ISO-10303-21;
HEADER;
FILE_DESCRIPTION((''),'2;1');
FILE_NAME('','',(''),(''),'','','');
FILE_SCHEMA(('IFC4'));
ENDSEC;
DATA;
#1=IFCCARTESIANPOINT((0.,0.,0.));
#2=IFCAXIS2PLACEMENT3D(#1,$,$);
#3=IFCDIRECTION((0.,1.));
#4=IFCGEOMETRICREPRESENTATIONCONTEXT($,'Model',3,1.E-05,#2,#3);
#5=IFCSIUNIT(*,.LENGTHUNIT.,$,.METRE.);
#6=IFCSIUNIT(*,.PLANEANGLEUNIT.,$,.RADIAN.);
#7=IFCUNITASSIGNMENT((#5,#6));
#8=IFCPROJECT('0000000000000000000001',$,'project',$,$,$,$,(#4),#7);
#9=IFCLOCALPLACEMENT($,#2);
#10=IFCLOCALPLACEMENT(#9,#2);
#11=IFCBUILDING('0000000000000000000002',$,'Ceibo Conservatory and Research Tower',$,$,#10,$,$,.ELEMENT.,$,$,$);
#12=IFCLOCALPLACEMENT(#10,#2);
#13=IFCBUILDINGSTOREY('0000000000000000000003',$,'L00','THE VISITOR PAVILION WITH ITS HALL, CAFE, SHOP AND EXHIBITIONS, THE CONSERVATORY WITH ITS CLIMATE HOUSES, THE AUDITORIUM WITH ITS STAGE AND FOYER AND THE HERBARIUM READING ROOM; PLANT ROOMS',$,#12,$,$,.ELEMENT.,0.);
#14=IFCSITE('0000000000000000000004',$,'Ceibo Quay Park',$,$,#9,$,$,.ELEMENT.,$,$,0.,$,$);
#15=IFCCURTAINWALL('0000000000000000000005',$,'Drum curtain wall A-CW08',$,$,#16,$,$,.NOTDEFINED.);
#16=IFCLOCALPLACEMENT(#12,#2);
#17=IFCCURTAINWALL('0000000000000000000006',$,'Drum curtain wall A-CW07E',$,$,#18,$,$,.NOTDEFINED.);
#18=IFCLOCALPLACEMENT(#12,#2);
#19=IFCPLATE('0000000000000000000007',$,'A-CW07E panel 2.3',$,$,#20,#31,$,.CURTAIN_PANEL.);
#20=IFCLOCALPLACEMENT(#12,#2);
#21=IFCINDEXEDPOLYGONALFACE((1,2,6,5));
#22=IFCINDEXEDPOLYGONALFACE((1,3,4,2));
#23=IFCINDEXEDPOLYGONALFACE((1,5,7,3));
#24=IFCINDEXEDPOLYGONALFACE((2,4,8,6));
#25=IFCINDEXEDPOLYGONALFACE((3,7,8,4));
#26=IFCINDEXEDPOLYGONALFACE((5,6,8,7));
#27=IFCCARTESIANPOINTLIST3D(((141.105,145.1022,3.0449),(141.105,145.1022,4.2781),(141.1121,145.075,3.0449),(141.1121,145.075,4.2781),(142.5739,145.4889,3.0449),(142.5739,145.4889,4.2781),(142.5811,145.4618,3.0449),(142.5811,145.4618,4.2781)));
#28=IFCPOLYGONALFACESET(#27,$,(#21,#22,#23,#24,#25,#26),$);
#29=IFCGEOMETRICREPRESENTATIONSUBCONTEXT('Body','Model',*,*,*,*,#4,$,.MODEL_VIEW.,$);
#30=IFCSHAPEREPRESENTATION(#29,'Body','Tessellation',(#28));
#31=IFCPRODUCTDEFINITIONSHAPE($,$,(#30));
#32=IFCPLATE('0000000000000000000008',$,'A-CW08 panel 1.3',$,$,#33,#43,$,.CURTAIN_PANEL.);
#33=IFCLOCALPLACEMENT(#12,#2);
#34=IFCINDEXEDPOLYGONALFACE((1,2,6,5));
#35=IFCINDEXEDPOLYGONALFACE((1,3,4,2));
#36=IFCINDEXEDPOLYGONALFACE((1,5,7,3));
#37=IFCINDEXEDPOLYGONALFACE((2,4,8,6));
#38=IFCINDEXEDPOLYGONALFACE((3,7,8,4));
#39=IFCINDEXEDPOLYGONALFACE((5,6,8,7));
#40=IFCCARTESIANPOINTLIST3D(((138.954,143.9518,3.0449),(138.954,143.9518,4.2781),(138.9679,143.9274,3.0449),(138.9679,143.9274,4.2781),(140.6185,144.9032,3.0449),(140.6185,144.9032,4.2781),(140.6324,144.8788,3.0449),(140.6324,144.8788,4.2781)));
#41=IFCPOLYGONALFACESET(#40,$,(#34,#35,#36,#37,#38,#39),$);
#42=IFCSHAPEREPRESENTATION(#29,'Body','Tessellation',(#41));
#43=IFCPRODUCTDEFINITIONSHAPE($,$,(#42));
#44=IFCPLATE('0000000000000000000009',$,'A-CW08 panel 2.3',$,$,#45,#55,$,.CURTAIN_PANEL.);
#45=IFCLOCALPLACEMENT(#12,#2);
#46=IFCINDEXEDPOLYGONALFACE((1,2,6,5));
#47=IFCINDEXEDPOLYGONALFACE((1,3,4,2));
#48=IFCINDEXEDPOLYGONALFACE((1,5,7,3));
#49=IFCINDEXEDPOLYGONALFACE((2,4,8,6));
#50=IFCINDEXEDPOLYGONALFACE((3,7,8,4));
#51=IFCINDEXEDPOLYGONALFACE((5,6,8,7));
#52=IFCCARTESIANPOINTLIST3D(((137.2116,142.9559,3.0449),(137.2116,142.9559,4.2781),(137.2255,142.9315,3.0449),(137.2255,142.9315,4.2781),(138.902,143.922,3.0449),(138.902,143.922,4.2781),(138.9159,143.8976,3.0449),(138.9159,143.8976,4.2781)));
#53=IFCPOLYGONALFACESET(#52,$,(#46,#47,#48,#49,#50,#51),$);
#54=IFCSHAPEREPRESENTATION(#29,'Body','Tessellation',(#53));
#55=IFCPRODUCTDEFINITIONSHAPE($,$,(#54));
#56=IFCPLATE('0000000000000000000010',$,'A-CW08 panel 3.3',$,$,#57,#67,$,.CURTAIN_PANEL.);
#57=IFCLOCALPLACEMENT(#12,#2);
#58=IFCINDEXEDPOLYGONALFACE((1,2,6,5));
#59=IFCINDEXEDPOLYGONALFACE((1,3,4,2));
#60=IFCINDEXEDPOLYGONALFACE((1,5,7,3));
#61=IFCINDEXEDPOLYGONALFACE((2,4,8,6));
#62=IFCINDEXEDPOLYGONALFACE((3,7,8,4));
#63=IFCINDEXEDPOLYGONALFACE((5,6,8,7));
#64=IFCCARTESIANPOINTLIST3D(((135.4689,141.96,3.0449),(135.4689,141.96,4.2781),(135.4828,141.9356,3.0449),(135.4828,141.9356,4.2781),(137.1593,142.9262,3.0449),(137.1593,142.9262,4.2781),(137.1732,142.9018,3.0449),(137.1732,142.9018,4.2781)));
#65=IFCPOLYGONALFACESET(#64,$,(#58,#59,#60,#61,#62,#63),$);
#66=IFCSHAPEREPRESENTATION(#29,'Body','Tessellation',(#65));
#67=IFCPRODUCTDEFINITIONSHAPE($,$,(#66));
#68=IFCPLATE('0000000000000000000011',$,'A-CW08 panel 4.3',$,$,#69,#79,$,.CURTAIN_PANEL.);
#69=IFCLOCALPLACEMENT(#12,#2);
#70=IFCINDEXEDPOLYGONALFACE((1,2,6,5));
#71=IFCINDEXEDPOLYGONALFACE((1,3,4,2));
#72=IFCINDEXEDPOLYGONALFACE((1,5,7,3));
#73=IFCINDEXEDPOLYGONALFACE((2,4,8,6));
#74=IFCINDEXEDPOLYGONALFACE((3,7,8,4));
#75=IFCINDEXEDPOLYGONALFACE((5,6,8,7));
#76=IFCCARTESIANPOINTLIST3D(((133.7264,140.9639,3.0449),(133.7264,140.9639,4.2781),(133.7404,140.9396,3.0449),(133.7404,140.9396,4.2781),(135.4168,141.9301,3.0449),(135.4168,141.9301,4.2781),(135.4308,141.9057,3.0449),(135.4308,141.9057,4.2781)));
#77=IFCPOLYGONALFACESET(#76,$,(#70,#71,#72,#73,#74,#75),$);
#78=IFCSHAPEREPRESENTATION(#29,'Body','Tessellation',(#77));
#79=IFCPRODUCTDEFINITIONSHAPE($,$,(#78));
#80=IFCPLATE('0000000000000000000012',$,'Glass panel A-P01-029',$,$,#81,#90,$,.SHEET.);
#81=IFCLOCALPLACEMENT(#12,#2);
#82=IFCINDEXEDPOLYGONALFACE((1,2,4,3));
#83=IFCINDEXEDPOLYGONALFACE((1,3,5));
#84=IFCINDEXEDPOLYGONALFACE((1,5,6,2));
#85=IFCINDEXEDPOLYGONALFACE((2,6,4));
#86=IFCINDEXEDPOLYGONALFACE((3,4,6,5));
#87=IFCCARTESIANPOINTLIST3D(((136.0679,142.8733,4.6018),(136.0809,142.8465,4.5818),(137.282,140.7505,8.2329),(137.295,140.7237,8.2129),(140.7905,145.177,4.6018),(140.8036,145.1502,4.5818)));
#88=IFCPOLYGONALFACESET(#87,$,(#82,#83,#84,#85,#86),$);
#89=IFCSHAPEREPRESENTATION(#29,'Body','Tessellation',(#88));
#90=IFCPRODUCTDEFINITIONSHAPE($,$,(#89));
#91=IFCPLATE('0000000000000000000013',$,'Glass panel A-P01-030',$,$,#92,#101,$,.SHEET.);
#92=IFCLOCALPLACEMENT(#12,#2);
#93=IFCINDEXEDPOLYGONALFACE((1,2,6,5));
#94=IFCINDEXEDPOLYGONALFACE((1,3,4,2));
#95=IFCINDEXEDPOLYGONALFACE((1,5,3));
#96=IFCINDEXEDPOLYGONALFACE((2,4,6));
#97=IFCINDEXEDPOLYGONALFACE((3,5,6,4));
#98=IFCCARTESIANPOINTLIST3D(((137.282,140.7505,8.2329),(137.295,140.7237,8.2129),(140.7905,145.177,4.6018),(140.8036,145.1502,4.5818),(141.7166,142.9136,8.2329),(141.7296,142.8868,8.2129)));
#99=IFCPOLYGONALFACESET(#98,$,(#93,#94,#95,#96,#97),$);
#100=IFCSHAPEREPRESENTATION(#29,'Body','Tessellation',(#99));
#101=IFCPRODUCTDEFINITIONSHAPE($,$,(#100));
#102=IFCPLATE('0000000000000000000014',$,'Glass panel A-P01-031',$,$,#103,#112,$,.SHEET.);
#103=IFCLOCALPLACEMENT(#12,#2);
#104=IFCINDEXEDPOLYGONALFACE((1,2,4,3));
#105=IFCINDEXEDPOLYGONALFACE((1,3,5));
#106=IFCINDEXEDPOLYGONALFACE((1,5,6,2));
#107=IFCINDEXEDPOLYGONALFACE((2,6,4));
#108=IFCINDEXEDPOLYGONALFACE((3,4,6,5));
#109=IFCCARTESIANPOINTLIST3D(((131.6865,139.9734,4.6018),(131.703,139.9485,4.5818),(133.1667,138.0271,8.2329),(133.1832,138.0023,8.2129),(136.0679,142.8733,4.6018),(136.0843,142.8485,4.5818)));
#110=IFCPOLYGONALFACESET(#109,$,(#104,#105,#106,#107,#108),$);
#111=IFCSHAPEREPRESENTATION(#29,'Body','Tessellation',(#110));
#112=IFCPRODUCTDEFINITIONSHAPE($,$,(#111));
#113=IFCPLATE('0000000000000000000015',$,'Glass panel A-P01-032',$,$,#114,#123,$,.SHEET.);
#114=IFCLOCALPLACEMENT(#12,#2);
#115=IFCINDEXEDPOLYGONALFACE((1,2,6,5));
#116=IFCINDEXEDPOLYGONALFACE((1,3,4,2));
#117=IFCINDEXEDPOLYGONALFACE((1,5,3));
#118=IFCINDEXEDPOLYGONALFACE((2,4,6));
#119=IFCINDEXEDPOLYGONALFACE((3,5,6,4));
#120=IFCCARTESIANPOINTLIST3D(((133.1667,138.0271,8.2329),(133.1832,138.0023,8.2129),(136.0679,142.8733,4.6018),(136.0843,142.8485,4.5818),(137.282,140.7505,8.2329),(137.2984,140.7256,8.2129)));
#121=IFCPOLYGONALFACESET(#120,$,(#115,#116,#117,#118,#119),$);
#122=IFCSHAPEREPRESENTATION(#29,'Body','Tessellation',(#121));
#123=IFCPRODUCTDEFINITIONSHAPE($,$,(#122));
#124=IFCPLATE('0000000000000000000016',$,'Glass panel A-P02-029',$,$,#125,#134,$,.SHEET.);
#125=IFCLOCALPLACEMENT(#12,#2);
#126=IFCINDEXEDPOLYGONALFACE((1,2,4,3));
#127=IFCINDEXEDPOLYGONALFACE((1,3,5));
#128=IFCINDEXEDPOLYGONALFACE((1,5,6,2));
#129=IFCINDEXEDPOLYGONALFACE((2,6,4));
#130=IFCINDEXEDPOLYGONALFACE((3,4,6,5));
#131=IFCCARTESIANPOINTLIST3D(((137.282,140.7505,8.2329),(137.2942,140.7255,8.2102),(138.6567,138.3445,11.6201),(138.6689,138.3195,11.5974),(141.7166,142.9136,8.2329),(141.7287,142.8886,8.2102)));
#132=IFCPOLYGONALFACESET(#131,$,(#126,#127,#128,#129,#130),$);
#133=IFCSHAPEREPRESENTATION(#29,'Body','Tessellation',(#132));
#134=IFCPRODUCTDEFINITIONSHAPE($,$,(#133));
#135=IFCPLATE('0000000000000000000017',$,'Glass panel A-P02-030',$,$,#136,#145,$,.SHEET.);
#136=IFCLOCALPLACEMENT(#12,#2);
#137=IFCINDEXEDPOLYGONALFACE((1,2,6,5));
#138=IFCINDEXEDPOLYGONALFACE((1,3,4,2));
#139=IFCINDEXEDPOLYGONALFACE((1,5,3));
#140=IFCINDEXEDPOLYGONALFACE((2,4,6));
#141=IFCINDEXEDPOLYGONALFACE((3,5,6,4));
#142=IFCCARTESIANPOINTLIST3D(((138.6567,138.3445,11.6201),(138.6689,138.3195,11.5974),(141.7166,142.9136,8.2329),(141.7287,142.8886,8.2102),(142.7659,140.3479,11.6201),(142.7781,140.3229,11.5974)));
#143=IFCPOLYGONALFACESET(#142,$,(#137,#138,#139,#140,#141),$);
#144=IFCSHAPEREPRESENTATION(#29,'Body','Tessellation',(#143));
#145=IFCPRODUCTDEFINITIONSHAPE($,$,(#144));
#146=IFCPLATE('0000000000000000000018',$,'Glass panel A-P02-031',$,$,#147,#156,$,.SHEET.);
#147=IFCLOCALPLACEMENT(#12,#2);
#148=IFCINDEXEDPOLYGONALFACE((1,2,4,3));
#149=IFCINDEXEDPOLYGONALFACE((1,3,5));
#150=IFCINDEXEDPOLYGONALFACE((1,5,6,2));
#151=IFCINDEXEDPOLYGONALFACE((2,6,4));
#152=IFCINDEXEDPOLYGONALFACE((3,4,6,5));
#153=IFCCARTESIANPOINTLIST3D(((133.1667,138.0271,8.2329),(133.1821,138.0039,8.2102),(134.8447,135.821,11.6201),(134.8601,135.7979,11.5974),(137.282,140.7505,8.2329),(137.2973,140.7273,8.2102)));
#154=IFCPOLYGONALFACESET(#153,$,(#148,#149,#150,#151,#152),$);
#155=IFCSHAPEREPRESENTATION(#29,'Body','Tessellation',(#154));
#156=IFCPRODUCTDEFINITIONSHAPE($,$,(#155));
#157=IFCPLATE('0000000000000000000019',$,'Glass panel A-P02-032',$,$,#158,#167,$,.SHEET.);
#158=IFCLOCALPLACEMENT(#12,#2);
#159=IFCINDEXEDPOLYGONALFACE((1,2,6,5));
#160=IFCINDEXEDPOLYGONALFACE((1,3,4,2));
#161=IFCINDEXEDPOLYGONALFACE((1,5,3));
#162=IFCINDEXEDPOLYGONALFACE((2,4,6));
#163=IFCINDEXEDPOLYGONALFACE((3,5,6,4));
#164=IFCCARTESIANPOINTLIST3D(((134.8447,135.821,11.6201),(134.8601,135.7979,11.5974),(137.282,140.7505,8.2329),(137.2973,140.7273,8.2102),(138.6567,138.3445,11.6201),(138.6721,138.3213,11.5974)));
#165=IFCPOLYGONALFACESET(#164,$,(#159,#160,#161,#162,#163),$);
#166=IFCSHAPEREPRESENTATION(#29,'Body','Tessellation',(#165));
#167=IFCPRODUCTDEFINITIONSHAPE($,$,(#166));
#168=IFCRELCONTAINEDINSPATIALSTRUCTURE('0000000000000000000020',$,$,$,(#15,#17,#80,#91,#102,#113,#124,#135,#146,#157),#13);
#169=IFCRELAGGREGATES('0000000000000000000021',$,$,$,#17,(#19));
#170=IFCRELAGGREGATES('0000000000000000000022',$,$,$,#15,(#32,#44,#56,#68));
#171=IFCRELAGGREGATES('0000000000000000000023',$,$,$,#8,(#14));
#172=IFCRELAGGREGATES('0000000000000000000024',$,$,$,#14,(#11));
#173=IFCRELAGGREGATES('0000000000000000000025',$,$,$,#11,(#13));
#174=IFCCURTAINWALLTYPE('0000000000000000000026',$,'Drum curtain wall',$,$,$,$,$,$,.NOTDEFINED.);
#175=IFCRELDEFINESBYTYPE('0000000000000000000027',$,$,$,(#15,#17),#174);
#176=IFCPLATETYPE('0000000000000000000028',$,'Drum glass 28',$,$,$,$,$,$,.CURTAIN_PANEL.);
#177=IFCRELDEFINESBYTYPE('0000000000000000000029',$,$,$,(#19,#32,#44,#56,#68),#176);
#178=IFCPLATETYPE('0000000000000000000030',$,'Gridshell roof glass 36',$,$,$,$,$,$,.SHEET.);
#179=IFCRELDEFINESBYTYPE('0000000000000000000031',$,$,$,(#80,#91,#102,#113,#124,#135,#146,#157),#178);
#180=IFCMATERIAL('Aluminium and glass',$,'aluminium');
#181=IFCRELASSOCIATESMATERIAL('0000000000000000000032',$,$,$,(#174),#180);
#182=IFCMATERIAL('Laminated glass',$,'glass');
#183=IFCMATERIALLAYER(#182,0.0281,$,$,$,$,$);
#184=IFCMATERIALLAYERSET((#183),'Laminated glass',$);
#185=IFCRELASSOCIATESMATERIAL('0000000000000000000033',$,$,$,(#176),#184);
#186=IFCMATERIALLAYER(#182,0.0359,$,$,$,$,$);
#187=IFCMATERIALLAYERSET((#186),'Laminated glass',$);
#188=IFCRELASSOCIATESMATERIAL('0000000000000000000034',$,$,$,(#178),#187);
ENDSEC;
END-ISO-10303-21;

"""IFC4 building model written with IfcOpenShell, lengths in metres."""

from ifc_helpers import new_model, si_unit, direction, frame, origin, origin_2d, place, context, subcontext, project, spatial, polyline, rectangle, outline, extrude, material, layer, layer_set, type_object, element, aggregate, save


model = new_model("IFC4")

# Units and contexts
model_context = context("Model", 3, precision=1e-05, world=origin(), true_north=direction((0.0, 1.0)))
body_context = subcontext(model_context, "Body", "Model", "MODEL_VIEW")
ifc_project = project(units=[si_unit("LENGTHUNIT", "METRE"), si_unit("PLANEANGLEUNIT", "RADIAN")], contexts=[model_context])

# Site, building, storey
site_placement = place(None, origin())
site = spatial("IfcSite", under=ifc_project, at=site_placement, Name="Ceibo Quay Park", CompositionType="ELEMENT", RefElevation=0.0)
building_placement = place(site_placement, origin())
building = spatial("IfcBuilding", under=site, at=building_placement, Name="Ceibo Conservatory and Research Tower", CompositionType="ELEMENT")
storey_placement = place(building_placement, origin())
storey = spatial("IfcBuildingStorey", under=building, at=storey_placement, Name="L00", Description="THE VISITOR PAVILION WITH ITS HALL, CAFE, SHOP AND EXHIBITIONS, THE CONSERVATORY WITH ITS CLIMATE HOUSES, THE AUDITORIUM WITH ITS STAGE AND FOYER AND THE HERBARIUM READING ROOM; PLANT ROOMS", CompositionType="ELEMENT", Elevation=0.0)

# Curtain wall
ifc_material_1 = material(Name="Aluminium and glass", Category="aluminium")
curtain_wall_type = type_object("IfcCurtainWallType", Name="Drum curtain wall", PredefinedType="NOTDEFINED", material=ifc_material_1)
curtain_wall_1_placement = place(storey_placement, origin())
curtain_wall_1 = element("IfcCurtainWall", 1, at=curtain_wall_1_placement, inside=storey, type_object=curtain_wall_type, Name="Drum curtain wall A-CW08", PredefinedType="NOTDEFINED")

# Shared definitions
ifc_material_2 = material(Name="Laminated glass", Category="glass")

# Curtain wall, plate
curtain_wall_2_placement = place(storey_placement, origin())
curtain_wall_2 = element("IfcCurtainWall", 2, at=curtain_wall_2_placement, inside=storey, type_object=curtain_wall_type, Name="Drum curtain wall A-CW07E", PredefinedType="NOTDEFINED")
ifc_layer_1 = layer(ifc_material_2, 0.0281)
ifc_layer_set_1 = layer_set([ifc_layer_1], Name="Laminated glass")
plate_type_1 = type_object("IfcPlateType", Name="Drum glass 28", PredefinedType="CURTAIN_PANEL", material=ifc_layer_set_1)
plate_1_placement = place(storey_placement, frame((141.843, 145.282, 3.0449), z_axis=(0.0, 0.0, 1.0), x_axis=(-0.967046, -0.254602, 0.0)))
plate_1 = element("IfcPlate", 3, at=plate_1_placement, type_object=plate_type_1, Name="A-CW07E panel 2.3", PredefinedType="CURTAIN_PANEL", context=body_context, shape_type="SweptSolid", body=[
    extrude(rectangle(XDim=1.519, YDim=0.0281, at=origin_2d()), origin(), (0.0, 0.0, 1.0), 1.2332),
])
aggregate(curtain_wall_2, [plate_1])

# Plates
plate_2_placement = place(storey_placement, frame((139.7932, 144.4153, 3.0449), z_axis=(0.0, 0.0, 1.0), x_axis=(-0.868199, -0.496216, 0.0)))
plate_2 = element("IfcPlate", 4, at=plate_2_placement, type_object=plate_type_1, Name="A-CW08 panel 1.3", PredefinedType="CURTAIN_PANEL", context=body_context, shape_type="SweptSolid", body=[
    extrude(rectangle(XDim=1.9172, YDim=0.0281, at=origin_2d()), origin(), (0.0, 0.0, 1.0), 1.2332),
])
plate_3_placement = place(storey_placement, frame((138.0637, 143.4268, 3.0449), z_axis=(0.0, 0.0, 1.0), x_axis=(-0.868199, -0.496216, 0.0)))
plate_3 = element("IfcPlate", 5, at=plate_3_placement, type_object=plate_type_1, Name="A-CW08 panel 2.3", PredefinedType="CURTAIN_PANEL", context=body_context, shape_type="SweptSolid", body=[
    extrude(rectangle(XDim=1.947, YDim=0.0281, at=origin_2d()), origin(), (0.0, 0.0, 1.0), 1.2332),
])
plate_4_placement = place(storey_placement, frame((136.321, 142.4309, 3.0449), z_axis=(0.0, 0.0, 1.0), x_axis=(-0.868199, -0.496216, 0.0)))
plate_4 = element("IfcPlate", 6, at=plate_4_placement, type_object=plate_type_1, Name="A-CW08 panel 3.3", PredefinedType="CURTAIN_PANEL", context=body_context, shape_type="SweptSolid", body=[
    extrude(rectangle(XDim=1.947, YDim=0.0281, at=origin_2d()), origin(), (0.0, 0.0, 1.0), 1.2332),
])
plate_5_placement = place(storey_placement, frame((134.5786, 141.4348, 3.0449), z_axis=(0.0, 0.0, 1.0), x_axis=(-0.868199, -0.496216, 0.0)))
plate_5 = element("IfcPlate", 7, at=plate_5_placement, type_object=plate_type_1, Name="A-CW08 panel 4.3", PredefinedType="CURTAIN_PANEL", context=body_context, shape_type="SweptSolid", body=[
    extrude(rectangle(XDim=1.947, YDim=0.0281, at=origin_2d()), origin(), (0.0, 0.0, 1.0), 1.2332),
])
aggregate(curtain_wall_1, [plate_2, plate_3, plate_4, plate_5])

# Plates
ifc_layer_2 = layer(ifc_material_2, 0.0359)
ifc_layer_set_2 = layer_set([ifc_layer_2], Name="Laminated glass")
plate_type_2 = type_object("IfcPlateType", Name="Gridshell roof glass 36", PredefinedType="SHEET", material=ifc_layer_set_2)
plate_6_placement = place(storey_placement, frame((140.7905, 145.177, 4.6018), z_axis=(-0.363885, 0.745971, 0.557777), x_axis=(-0.89877, -0.43842, 0.0)))
element("IfcPlate", 8, at=plate_6_placement, inside=storey, type_object=plate_type_2, Name="Glass panel A-P01-029", PredefinedType="SHEET", context=body_context, shape_type="SweptSolid", body=[
    extrude(outline(polyline([(0.0, 0.0), (5.2546, 0.0), (5.094, 4.3749), (0.0, 0.0)])), origin(), (0.0, 0.0, -1.0), 0.0359),
])
plate_7_placement = place(storey_placement, frame((140.7905, 145.177, 4.6018), z_axis=(-0.363867, 0.745969, 0.557791), x_axis=(-0.522508, -0.659215, 0.54076)))
element("IfcPlate", 9, at=plate_7_placement, inside=storey, type_object=plate_type_2, Name="Glass panel A-P01-030", PredefinedType="SHEET", context=body_context, shape_type="SweptSolid", body=[
    extrude(outline(polyline([(0.0, 0.0), (6.7148, 0.0), (2.9718, 3.2147), (0.0, 0.0)])), origin(), (0.0, 0.0, -1.0), 0.0359),
])
plate_8_placement = place(storey_placement, frame((136.0679, 142.8733, 4.6018), z_axis=(-0.458111, 0.692141, 0.557741), x_axis=(-0.83389, -0.551931, 0.0)))
element("IfcPlate", 10, at=plate_8_placement, inside=storey, type_object=plate_type_2, Name="Glass panel A-P01-031", PredefinedType="SHEET", context=body_context, shape_type="SweptSolid", body=[
    extrude(outline(polyline([(0.0, 0.0), (5.2541, 0.0), (5.094, 4.3747), (0.0, 0.0)])), origin(), (0.0, 0.0, -1.0), 0.0359),
])
plate_9_placement = place(storey_placement, frame((136.0679, 142.8733, 4.6018), z_axis=(-0.458047, 0.692142, 0.557792), x_axis=(-0.432056, -0.72173, 0.54077)))
element("IfcPlate", 11, at=plate_9_placement, inside=storey, type_object=plate_type_2, Name="Glass panel A-P01-032", PredefinedType="SHEET", context=body_context, shape_type="SweptSolid", body=[
    extrude(outline(polyline([(0.0, 0.0), (6.7147, 0.0), (2.9711, 3.2152), (0.0, 0.0)])), origin(), (0.0, 0.0, -1.0), 0.0359),
])
plate_10_placement = place(storey_placement, frame((141.7166, 142.9136, 8.2329), z_axis=(-0.33961, 0.696239, 0.63239), x_axis=(-0.898778, -0.438404, 0.0)))
element("IfcPlate", 12, at=plate_10_placement, inside=storey, type_object=plate_type_2, Name="Glass panel A-P02-029", PredefinedType="SHEET", context=body_context, shape_type="SweptSolid", body=[
    extrude(outline(polyline([(0.0, 0.0), (4.934, 0.0), (4.7532, 4.3726), (0.0, 0.0)])), origin(), (0.0, 0.0, -1.0), 0.0359),
])
plate_11_placement = place(storey_placement, frame((141.7166, 142.9136, 8.2329), z_axis=(-0.339441, 0.696213, 0.632508), x_axis=(-0.473765, -0.707454, 0.524457)))
element("IfcPlate", 13, at=plate_11_placement, inside=storey, type_object=plate_type_2, Name="Glass panel A-P02-030", PredefinedType="SHEET", context=body_context, shape_type="SweptSolid", body=[
    extrude(outline(polyline([(0.0, 0.0), (6.4585, 0.0), (3.0944, 3.0954), (0.0, 0.0)])), origin(), (0.0, 0.0, -1.0), 0.0359),
])
plate_12_placement = place(storey_placement, frame((137.282, 140.7505, 8.2329), z_axis=(-0.427477, 0.645948, 0.632467), x_axis=(-0.833926, -0.551877, 0.0)))
element("IfcPlate", 14, at=plate_12_placement, inside=storey, type_object=plate_type_2, Name="Glass panel A-P02-031", PredefinedType="SHEET", context=body_context, shape_type="SweptSolid", body=[
    extrude(outline(polyline([(0.0, 0.0), (4.9348, 0.0), (4.7529, 4.3729), (0.0, 0.0)])), origin(), (0.0, 0.0, -1.0), 0.0359),
])
plate_13_placement = place(storey_placement, frame((137.282, 140.7505, 8.2329), z_axis=(-0.4276, 0.645951, 0.632381), x_axis=(-0.377369, -0.763244, 0.524454)))
element("IfcPlate", 15, at=plate_13_placement, inside=storey, type_object=plate_type_2, Name="Glass panel A-P02-032", PredefinedType="SHEET", context=body_context, shape_type="SweptSolid", body=[
    extrude(outline(polyline([(0.0, 0.0), (6.4585, 0.0), (3.094, 3.095), (0.0, 0.0)])), origin(), (0.0, 0.0, -1.0), 0.0359),
])

save(model, "model.ifc")
